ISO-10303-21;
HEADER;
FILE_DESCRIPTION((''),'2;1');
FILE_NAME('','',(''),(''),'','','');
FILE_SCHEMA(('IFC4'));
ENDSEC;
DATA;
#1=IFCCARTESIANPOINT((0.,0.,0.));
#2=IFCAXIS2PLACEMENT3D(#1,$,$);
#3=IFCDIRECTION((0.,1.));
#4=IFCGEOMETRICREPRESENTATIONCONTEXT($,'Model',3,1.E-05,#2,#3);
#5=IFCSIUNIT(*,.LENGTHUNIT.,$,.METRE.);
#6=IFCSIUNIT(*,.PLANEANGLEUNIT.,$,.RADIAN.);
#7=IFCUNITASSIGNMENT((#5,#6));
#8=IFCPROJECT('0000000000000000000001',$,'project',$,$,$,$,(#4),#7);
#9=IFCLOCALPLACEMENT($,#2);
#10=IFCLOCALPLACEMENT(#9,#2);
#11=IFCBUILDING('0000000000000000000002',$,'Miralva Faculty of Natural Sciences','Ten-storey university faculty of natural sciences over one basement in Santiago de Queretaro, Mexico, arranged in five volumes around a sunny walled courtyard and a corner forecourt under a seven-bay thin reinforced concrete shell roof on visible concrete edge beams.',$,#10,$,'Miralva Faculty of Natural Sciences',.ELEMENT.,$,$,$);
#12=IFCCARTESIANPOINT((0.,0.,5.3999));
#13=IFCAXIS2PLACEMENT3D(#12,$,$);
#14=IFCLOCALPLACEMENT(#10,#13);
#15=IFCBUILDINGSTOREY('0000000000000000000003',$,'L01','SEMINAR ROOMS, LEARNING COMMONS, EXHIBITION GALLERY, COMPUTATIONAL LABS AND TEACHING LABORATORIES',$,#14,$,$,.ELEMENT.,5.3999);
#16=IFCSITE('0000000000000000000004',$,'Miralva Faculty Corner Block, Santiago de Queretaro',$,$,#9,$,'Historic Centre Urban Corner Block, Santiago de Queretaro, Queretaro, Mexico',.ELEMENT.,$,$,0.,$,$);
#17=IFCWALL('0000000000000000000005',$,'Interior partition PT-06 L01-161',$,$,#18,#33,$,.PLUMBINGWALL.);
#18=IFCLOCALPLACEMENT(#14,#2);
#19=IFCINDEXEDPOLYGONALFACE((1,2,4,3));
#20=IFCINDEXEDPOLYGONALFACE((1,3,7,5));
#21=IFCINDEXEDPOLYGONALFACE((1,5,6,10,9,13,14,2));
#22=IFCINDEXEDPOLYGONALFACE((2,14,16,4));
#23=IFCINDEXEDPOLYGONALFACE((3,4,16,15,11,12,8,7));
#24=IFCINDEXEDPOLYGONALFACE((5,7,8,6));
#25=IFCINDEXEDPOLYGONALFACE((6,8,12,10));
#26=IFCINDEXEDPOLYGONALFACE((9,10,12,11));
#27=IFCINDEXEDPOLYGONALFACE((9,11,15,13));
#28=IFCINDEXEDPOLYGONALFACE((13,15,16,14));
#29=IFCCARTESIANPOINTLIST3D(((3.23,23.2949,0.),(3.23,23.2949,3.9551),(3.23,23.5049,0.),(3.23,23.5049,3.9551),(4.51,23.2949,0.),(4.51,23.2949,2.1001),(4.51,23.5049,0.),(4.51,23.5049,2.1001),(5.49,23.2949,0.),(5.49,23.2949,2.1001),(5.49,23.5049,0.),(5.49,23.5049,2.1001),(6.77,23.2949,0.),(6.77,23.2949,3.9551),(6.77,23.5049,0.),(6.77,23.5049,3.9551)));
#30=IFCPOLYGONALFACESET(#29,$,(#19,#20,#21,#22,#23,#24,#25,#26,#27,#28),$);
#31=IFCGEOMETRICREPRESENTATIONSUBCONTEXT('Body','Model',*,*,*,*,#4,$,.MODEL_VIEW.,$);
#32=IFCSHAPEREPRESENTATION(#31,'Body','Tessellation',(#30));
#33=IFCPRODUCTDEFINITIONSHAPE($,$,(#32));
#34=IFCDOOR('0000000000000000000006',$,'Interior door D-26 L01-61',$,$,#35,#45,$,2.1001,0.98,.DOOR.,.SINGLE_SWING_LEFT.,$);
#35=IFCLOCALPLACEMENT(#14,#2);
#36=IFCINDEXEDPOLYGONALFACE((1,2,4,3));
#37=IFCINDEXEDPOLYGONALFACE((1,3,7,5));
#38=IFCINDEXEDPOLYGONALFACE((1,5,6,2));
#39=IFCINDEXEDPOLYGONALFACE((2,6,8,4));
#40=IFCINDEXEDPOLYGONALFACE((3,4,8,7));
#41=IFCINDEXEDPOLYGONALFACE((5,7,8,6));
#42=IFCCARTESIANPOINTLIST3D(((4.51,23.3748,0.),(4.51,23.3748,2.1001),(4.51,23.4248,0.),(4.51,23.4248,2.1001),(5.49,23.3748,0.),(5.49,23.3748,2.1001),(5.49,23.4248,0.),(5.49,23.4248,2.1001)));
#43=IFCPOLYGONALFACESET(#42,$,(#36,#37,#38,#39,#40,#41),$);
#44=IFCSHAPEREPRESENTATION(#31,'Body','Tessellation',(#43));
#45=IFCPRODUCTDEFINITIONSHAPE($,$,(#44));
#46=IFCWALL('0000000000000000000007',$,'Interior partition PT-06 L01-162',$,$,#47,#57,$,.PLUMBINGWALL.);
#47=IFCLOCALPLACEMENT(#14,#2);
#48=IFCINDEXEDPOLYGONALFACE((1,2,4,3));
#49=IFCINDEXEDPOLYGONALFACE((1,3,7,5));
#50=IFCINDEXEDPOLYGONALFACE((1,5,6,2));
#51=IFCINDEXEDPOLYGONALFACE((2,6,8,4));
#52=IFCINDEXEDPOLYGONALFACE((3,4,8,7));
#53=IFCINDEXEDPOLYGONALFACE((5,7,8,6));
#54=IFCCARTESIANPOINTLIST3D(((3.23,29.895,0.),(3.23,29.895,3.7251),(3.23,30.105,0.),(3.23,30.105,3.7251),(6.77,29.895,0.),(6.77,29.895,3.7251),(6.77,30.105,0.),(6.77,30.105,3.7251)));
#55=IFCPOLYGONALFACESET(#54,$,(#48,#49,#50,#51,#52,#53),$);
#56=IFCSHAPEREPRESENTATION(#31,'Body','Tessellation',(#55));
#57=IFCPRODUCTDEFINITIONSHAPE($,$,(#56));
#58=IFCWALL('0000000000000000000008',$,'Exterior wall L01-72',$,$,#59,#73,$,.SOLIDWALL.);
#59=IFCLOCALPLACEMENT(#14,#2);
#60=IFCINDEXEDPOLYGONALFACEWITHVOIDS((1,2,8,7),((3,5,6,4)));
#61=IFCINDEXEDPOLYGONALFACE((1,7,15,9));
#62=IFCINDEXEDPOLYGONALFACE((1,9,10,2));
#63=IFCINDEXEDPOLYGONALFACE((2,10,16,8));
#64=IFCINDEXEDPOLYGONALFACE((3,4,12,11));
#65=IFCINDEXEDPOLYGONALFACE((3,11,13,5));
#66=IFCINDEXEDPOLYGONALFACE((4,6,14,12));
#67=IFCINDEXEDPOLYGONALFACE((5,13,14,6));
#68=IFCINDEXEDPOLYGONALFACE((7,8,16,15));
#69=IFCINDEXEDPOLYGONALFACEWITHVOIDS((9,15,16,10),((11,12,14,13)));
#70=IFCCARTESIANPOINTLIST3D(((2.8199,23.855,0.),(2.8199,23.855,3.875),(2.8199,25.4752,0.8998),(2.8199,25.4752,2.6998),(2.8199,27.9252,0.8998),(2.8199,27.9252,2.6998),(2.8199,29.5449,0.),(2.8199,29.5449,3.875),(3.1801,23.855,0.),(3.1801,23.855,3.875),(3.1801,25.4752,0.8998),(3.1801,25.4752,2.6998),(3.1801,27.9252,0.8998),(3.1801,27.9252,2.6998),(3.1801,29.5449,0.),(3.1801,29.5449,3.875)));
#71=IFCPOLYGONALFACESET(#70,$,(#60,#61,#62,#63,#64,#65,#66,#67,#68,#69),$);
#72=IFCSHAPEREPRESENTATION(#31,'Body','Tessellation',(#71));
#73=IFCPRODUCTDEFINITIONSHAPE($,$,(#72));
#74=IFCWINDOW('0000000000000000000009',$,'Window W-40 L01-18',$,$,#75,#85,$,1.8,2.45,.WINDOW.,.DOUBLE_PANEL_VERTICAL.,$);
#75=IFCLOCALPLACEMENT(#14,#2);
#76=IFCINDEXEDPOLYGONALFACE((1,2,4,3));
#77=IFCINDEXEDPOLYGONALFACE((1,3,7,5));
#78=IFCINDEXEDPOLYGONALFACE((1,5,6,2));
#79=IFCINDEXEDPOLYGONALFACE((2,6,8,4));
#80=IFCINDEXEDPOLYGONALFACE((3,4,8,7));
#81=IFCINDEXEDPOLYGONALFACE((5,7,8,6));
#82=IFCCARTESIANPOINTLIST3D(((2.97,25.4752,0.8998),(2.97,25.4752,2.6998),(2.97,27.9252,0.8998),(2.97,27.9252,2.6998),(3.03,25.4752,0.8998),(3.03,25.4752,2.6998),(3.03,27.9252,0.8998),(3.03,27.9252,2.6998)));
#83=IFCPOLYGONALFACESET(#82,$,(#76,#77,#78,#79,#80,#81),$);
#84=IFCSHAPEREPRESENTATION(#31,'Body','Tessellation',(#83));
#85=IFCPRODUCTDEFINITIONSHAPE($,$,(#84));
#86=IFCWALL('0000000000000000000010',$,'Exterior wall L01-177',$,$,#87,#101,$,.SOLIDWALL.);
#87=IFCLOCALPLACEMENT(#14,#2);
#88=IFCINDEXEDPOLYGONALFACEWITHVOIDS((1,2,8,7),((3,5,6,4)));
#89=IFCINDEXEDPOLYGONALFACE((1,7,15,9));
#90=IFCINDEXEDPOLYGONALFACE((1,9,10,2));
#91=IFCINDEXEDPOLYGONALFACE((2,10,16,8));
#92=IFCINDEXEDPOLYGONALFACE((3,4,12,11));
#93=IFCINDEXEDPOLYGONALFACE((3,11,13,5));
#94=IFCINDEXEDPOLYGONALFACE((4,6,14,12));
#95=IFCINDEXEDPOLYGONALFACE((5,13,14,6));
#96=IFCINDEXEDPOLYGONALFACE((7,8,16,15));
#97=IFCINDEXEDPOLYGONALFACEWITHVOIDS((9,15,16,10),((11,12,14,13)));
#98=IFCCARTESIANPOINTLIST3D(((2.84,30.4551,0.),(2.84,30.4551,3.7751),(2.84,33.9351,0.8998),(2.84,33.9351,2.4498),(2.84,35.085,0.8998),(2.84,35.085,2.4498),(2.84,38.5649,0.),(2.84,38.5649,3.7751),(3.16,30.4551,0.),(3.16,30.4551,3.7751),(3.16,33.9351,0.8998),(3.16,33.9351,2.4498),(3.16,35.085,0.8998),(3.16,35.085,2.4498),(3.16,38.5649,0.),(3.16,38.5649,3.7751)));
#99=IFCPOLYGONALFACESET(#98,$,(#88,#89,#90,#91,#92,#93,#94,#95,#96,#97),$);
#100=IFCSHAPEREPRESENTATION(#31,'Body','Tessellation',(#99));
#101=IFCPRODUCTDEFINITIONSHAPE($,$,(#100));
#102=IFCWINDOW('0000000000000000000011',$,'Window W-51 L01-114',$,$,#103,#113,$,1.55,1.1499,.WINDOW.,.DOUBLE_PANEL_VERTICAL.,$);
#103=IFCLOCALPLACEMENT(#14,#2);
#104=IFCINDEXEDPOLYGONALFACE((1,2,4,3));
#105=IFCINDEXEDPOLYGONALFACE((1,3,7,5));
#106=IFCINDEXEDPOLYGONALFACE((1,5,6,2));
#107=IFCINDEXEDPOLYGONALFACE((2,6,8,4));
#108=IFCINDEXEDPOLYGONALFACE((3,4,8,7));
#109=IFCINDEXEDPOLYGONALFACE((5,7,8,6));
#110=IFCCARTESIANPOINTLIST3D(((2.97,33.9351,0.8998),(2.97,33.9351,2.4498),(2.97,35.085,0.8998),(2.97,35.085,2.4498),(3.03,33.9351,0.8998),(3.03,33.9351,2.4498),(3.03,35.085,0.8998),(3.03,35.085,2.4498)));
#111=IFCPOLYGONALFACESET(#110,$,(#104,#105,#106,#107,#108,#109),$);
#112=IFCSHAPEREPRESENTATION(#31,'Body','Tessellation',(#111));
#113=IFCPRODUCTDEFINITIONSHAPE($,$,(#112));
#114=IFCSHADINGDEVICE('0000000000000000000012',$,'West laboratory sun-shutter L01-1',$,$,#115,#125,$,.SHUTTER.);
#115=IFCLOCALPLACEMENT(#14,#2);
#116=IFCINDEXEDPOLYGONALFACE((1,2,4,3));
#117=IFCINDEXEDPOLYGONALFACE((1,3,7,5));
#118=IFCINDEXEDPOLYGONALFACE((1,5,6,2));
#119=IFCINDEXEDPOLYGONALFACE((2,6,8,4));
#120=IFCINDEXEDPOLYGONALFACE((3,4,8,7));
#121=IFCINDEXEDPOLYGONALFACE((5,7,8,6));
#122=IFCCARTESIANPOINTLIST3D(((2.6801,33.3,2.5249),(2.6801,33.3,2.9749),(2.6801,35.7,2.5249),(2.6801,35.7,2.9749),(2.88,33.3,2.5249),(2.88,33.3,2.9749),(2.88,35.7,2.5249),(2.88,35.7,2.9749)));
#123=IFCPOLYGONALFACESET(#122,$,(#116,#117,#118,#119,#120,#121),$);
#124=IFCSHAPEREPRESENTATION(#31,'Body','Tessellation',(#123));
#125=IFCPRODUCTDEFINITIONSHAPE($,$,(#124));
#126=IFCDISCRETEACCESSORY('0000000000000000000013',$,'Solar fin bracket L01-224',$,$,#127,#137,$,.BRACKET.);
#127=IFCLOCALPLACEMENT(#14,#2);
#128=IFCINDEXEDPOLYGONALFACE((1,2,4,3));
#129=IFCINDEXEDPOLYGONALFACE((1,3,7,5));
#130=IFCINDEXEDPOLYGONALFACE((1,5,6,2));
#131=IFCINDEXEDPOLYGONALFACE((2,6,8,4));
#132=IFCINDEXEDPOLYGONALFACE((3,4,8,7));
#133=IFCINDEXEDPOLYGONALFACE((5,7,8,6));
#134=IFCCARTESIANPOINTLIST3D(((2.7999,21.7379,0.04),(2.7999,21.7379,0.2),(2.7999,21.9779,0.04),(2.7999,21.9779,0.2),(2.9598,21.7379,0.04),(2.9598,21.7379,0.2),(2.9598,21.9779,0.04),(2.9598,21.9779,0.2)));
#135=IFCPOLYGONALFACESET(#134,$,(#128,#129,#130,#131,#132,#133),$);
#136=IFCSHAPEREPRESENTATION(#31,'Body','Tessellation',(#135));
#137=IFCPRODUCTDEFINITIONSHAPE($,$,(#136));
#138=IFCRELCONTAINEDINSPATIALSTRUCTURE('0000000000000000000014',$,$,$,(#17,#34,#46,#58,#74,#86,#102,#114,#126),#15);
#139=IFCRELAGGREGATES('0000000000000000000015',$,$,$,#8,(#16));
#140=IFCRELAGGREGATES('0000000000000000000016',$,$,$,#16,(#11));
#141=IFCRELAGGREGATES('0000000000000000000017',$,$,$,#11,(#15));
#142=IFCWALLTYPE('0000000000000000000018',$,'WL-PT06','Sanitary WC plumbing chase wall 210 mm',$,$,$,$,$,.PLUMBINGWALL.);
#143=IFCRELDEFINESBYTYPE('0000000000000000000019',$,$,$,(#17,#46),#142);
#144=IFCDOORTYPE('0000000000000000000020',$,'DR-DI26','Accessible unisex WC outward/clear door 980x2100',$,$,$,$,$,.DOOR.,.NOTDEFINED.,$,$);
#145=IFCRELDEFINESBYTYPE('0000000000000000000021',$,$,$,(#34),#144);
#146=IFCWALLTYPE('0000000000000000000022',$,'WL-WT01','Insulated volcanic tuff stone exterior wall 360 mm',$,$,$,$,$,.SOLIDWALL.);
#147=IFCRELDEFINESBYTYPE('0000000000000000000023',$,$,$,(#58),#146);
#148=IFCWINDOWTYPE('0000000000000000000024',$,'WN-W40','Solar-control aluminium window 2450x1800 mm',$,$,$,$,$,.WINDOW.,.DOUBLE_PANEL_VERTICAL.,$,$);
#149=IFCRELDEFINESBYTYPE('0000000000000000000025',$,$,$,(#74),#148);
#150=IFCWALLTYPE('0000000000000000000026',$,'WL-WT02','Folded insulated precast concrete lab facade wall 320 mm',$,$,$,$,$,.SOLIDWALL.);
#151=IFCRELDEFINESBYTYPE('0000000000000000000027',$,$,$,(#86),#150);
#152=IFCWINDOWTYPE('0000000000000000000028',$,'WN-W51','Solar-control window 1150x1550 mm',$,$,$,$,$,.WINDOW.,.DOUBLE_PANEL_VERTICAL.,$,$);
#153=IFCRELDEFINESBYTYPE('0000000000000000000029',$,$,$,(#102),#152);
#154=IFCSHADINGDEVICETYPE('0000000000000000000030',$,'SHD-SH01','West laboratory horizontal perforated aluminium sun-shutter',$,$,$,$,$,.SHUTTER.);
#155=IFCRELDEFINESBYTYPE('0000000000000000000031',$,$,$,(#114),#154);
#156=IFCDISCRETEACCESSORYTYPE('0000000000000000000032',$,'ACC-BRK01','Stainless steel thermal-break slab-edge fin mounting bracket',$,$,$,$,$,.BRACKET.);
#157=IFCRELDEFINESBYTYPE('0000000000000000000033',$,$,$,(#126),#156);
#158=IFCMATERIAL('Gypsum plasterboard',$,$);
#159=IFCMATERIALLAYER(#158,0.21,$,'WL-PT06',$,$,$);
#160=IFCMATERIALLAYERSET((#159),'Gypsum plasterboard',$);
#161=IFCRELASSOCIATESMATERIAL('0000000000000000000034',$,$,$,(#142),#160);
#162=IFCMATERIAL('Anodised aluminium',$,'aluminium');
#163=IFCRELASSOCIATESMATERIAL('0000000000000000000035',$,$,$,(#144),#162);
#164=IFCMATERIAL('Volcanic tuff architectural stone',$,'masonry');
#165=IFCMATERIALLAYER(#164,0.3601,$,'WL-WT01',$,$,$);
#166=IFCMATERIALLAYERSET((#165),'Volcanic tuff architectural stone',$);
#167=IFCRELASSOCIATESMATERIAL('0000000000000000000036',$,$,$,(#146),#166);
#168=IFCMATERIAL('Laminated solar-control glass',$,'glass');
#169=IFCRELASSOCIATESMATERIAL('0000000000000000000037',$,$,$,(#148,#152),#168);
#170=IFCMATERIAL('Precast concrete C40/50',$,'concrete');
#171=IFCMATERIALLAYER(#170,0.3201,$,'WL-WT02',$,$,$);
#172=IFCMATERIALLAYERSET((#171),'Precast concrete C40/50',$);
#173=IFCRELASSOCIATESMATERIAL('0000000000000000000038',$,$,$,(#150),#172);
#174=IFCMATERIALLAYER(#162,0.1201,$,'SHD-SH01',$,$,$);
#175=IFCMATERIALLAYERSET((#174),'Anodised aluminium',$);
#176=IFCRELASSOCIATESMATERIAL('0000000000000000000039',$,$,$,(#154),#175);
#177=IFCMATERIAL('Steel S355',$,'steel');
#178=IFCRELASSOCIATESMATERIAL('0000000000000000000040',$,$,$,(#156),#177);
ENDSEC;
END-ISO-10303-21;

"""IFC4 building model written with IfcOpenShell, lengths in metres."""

from ifc_helpers import new_model, si_unit, direction, frame, frame_2d, origin, origin_2d, place, context, subcontext, project, spatial, rectangle, extrude, material, layer, layer_set, type_object, element, fill, save


model = new_model("IFC4")

# Units and contexts
model_context = context("Model", 3, precision=1e-05, world=origin(), true_north=direction((0.0, 1.0)))
body_context = subcontext(model_context, "Body", "Model", "MODEL_VIEW")
ifc_project = project(units=[si_unit("LENGTHUNIT", "METRE"), si_unit("PLANEANGLEUNIT", "RADIAN")], contexts=[model_context])

# Site, building, storey
site_placement = place(None, origin())
site = spatial("IfcSite", under=ifc_project, at=site_placement, Name="Miralva Faculty Corner Block, Santiago de Queretaro", LongName="Historic Centre Urban Corner Block, Santiago de Queretaro, Queretaro, Mexico", CompositionType="ELEMENT", RefElevation=0.0)
building_placement = place(site_placement, origin())
building = spatial("IfcBuilding", under=site, at=building_placement, Name="Miralva Faculty of Natural Sciences", Description="Ten-storey university faculty of natural sciences over one basement in Santiago de Queretaro, Mexico, arranged in five volumes around a sunny walled courtyard and a corner forecourt under a seven-bay thin reinforced concrete shell roof on visible concrete edge beams.", LongName="Miralva Faculty of Natural Sciences", CompositionType="ELEMENT")
storey_placement = place(building_placement, frame((0.0, 0.0, 5.3999)))
storey = spatial("IfcBuildingStorey", under=building, at=storey_placement, Name="L01", Description="SEMINAR ROOMS, LEARNING COMMONS, EXHIBITION GALLERY, COMPUTATIONAL LABS AND TEACHING LABORATORIES", CompositionType="ELEMENT", Elevation=5.3999)

# Shared definitions
ifc_material_1 = material(Name="Laminated solar-control glass", Category="glass")
ifc_material_2 = material(Name="Anodised aluminium", Category="aluminium")

# Wall, opening, door
ifc_material_3 = material(Name="Gypsum plasterboard")
ifc_layer_1 = layer(ifc_material_3, 0.21, Name="WL-PT06")
ifc_layer_set_1 = layer_set([ifc_layer_1], Name="Gypsum plasterboard")
wall_type_1 = type_object("IfcWallType", Name="WL-PT06", Description="Sanitary WC plumbing chase wall 210 mm", PredefinedType="PLUMBINGWALL", material=ifc_layer_set_1)
wall_1_placement = place(storey_placement, frame((3.23, 23.3999, 0.0), z_axis=(0.0, 0.0, 1.0), x_axis=(1.0, 0.0, 0.0)))
wall_1 = element("IfcWall", 1, at=wall_1_placement, inside=storey, type_object=wall_type_1, Name="Interior partition PT-06 L01-161", PredefinedType="PLUMBINGWALL", context=body_context, shape_type="SweptSolid", body=[
    extrude(rectangle(XDim=3.54, YDim=0.21, at=frame_2d((1.77, 0.0))), origin(), (0.0, 0.0, 1.0), 3.9551),
])
opening_1_placement = place(wall_1_placement, frame((1.28, 0.0, 0.0)))
opening_1 = element("IfcOpeningElement", 2, at=opening_1_placement, cuts=wall_1, PredefinedType="OPENING", context=body_context, shape_type="SweptSolid", body=[
    extrude(rectangle(XDim=0.98, YDim=2.1001, at=frame_2d((0.49, 1.05))), frame((0.0, 0.115, 0.0), z_axis=(0.0, -1.0, 0.0), x_axis=(1.0, 0.0, 0.0)), (0.0, 0.0, 1.0), 0.23),
])
door_type = type_object("IfcDoorType", Name="DR-DI26", Description="Accessible unisex WC outward/clear door 980x2100", OperationType="NOTDEFINED", PredefinedType="DOOR", material=ifc_material_2)
door_placement = place(opening_1_placement, origin())
door = element("IfcDoor", 3, at=door_placement, inside=storey, type_object=door_type, Name="Interior door D-26 L01-61", OperationType="SINGLE_SWING_LEFT", OverallHeight=2.1001, OverallWidth=0.98, PredefinedType="DOOR", context=body_context, shape_type="SweptSolid", body=[
    extrude(rectangle(XDim=0.98, YDim=2.1001, at=frame_2d((0.49, 1.05))), frame((0.0, 0.0249, 0.0), z_axis=(0.0, -1.0, 0.0), x_axis=(1.0, 0.0, 0.0)), (0.0, 0.0, 1.0), 0.05),
])
fill(opening_1, door)

# Wall
wall_2_placement = place(storey_placement, frame((3.23, 30.0, 0.0), z_axis=(0.0, 0.0, 1.0), x_axis=(1.0, 0.0, 0.0)))
element("IfcWall", 4, at=wall_2_placement, inside=storey, type_object=wall_type_1, Name="Interior partition PT-06 L01-162", PredefinedType="PLUMBINGWALL", context=body_context, shape_type="SweptSolid", body=[
    extrude(rectangle(XDim=3.54, YDim=0.21, at=frame_2d((1.77, 0.0))), origin(), (0.0, 0.0, 1.0), 3.7251),
])

# Walls, openings, windows
ifc_material_4 = material(Name="Volcanic tuff architectural stone", Category="masonry")
ifc_layer_2 = layer(ifc_material_4, 0.3601, Name="WL-WT01")
ifc_layer_set_2 = layer_set([ifc_layer_2], Name="Volcanic tuff architectural stone")
wall_type_2 = type_object("IfcWallType", Name="WL-WT01", Description="Insulated volcanic tuff stone exterior wall 360 mm", PredefinedType="SOLIDWALL", material=ifc_layer_set_2)
wall_3_placement = place(storey_placement, frame((3.0, 23.855, 0.0), z_axis=(0.0, 0.0, 1.0), x_axis=(0.0, 1.0, 0.0)))
wall_3 = element("IfcWall", 5, at=wall_3_placement, inside=storey, type_object=wall_type_2, Name="Exterior wall L01-72", PredefinedType="SOLIDWALL", context=body_context, shape_type="SweptSolid", body=[
    extrude(rectangle(XDim=5.6899, YDim=0.3601, at=frame_2d((2.845, 0.0))), origin(), (0.0, 0.0, 1.0), 3.875),
])
opening_2_placement = place(wall_3_placement, frame((1.6201, 0.0, 0.8999)))
opening_2 = element("IfcOpeningElement", 6, at=opening_2_placement, cuts=wall_3, PredefinedType="OPENING", context=body_context, shape_type="SweptSolid", body=[
    extrude(rectangle(XDim=2.45, YDim=1.8, at=frame_2d((1.2251, 0.8999))), frame((0.0, 0.1899, 0.0), z_axis=(0.0, -1.0, 0.0), x_axis=(1.0, 0.0, 0.0)), (0.0, 0.0, 1.0), 0.3801),
])
window_type_1 = type_object("IfcWindowType", Name="WN-W40", Description="Solar-control aluminium window 2450x1800 mm", PartitioningType="DOUBLE_PANEL_VERTICAL", PredefinedType="WINDOW", material=ifc_material_1)
window_1_placement = place(opening_2_placement, origin())
window_1 = element("IfcWindow", 7, at=window_1_placement, inside=storey, type_object=window_type_1, Name="Window W-40 L01-18", OverallHeight=1.8, OverallWidth=2.45, PartitioningType="DOUBLE_PANEL_VERTICAL", PredefinedType="WINDOW", context=body_context, shape_type="SweptSolid", body=[
    extrude(rectangle(XDim=2.45, YDim=1.8, at=frame_2d((1.2251, 0.8999))), frame((0.0, 0.03, 0.0), z_axis=(0.0, -1.0, 0.0), x_axis=(1.0, 0.0, 0.0)), (0.0, 0.0, 1.0), 0.0601),
])
fill(opening_2, window_1)
ifc_material_5 = material(Name="Precast concrete C40/50", Category="concrete")
ifc_layer_3 = layer(ifc_material_5, 0.3201, Name="WL-WT02")
ifc_layer_set_3 = layer_set([ifc_layer_3], Name="Precast concrete C40/50")
wall_type_3 = type_object("IfcWallType", Name="WL-WT02", Description="Folded insulated precast concrete lab facade wall 320 mm", PredefinedType="SOLIDWALL", material=ifc_layer_set_3)
wall_4_placement = place(storey_placement, frame((3.0, 30.4551, 0.0), z_axis=(0.0, 0.0, 1.0), x_axis=(0.0, 1.0, 0.0)))
wall_4 = element("IfcWall", 8, at=wall_4_placement, inside=storey, type_object=wall_type_3, Name="Exterior wall L01-177", PredefinedType="SOLIDWALL", context=body_context, shape_type="SweptSolid", body=[
    extrude(rectangle(XDim=8.1099, YDim=0.3201, at=frame_2d((4.0549, 0.0))), origin(), (0.0, 0.0, 1.0), 3.7751),
])
opening_3_placement = place(wall_4_placement, frame((3.48, 0.0, 0.8999)))
opening_3 = element("IfcOpeningElement", 9, at=opening_3_placement, cuts=wall_4, PredefinedType="OPENING", context=body_context, shape_type="SweptSolid", body=[
    extrude(rectangle(XDim=1.1499, YDim=1.55, at=frame_2d((0.575, 0.7749))), frame((0.0, 0.1699, 0.0), z_axis=(0.0, -1.0, 0.0), x_axis=(1.0, 0.0, 0.0)), (0.0, 0.0, 1.0), 0.3401),
])
window_type_2 = type_object("IfcWindowType", Name="WN-W51", Description="Solar-control window 1150x1550 mm", PartitioningType="DOUBLE_PANEL_VERTICAL", PredefinedType="WINDOW", material=ifc_material_1)
window_2_placement = place(opening_3_placement, origin())
window_2 = element("IfcWindow", 10, at=window_2_placement, inside=storey, type_object=window_type_2, Name="Window W-51 L01-114", OverallHeight=1.55, OverallWidth=1.1499, PartitioningType="DOUBLE_PANEL_VERTICAL", PredefinedType="WINDOW", context=body_context, shape_type="SweptSolid", body=[
    extrude(rectangle(XDim=1.1499, YDim=1.55, at=frame_2d((0.575, 0.7749))), frame((0.0, 0.03, 0.0), z_axis=(0.0, -1.0, 0.0), x_axis=(1.0, 0.0, 0.0)), (0.0, 0.0, 1.0), 0.0601),
])
fill(opening_3, window_2)

# Shading device
ifc_layer_4 = layer(ifc_material_2, 0.1201, Name="SHD-SH01")
ifc_layer_set_4 = layer_set([ifc_layer_4], Name="Anodised aluminium")
shading_device_type = type_object("IfcShadingDeviceType", Name="SHD-SH01", Description="West laboratory horizontal perforated aluminium sun-shutter", PredefinedType="SHUTTER", material=ifc_layer_set_4)
shading_device_placement = place(storey_placement, frame((2.78, 34.5, 2.5249), z_axis=(0.0, 0.0, 1.0), x_axis=(1.0, 0.0, 0.0)))
element("IfcShadingDevice", 11, at=shading_device_placement, inside=storey, type_object=shading_device_type, Name="West laboratory sun-shutter L01-1", PredefinedType="SHUTTER", context=body_context, shape_type="SweptSolid", body=[
    extrude(rectangle(XDim=0.2, YDim=2.3999, at=origin_2d()), origin(), (0.0, 0.0, 1.0), 0.45),
])

# Discrete accessory
ifc_material_6 = material(Name="Steel S355", Category="steel")
discrete_accessory_type = type_object("IfcDiscreteAccessoryType", Name="ACC-BRK01", Description="Stainless steel thermal-break slab-edge fin mounting bracket", PredefinedType="BRACKET", material=ifc_material_6)
discrete_accessory_placement = place(storey_placement, frame((2.8799, 21.8579, 0.04), z_axis=(0.0, 0.0, 1.0), x_axis=(-1.0, 0.0, 0.0)))
element("IfcDiscreteAccessory", 12, at=discrete_accessory_placement, inside=storey, type_object=discrete_accessory_type, Name="Solar fin bracket L01-224", PredefinedType="BRACKET", context=body_context, shape_type="SweptSolid", body=[
    extrude(rectangle(XDim=0.1599, YDim=0.24, at=origin_2d()), origin(), (0.0, 0.0, 1.0), 0.1599),
])

save(model, "model.ifc")
